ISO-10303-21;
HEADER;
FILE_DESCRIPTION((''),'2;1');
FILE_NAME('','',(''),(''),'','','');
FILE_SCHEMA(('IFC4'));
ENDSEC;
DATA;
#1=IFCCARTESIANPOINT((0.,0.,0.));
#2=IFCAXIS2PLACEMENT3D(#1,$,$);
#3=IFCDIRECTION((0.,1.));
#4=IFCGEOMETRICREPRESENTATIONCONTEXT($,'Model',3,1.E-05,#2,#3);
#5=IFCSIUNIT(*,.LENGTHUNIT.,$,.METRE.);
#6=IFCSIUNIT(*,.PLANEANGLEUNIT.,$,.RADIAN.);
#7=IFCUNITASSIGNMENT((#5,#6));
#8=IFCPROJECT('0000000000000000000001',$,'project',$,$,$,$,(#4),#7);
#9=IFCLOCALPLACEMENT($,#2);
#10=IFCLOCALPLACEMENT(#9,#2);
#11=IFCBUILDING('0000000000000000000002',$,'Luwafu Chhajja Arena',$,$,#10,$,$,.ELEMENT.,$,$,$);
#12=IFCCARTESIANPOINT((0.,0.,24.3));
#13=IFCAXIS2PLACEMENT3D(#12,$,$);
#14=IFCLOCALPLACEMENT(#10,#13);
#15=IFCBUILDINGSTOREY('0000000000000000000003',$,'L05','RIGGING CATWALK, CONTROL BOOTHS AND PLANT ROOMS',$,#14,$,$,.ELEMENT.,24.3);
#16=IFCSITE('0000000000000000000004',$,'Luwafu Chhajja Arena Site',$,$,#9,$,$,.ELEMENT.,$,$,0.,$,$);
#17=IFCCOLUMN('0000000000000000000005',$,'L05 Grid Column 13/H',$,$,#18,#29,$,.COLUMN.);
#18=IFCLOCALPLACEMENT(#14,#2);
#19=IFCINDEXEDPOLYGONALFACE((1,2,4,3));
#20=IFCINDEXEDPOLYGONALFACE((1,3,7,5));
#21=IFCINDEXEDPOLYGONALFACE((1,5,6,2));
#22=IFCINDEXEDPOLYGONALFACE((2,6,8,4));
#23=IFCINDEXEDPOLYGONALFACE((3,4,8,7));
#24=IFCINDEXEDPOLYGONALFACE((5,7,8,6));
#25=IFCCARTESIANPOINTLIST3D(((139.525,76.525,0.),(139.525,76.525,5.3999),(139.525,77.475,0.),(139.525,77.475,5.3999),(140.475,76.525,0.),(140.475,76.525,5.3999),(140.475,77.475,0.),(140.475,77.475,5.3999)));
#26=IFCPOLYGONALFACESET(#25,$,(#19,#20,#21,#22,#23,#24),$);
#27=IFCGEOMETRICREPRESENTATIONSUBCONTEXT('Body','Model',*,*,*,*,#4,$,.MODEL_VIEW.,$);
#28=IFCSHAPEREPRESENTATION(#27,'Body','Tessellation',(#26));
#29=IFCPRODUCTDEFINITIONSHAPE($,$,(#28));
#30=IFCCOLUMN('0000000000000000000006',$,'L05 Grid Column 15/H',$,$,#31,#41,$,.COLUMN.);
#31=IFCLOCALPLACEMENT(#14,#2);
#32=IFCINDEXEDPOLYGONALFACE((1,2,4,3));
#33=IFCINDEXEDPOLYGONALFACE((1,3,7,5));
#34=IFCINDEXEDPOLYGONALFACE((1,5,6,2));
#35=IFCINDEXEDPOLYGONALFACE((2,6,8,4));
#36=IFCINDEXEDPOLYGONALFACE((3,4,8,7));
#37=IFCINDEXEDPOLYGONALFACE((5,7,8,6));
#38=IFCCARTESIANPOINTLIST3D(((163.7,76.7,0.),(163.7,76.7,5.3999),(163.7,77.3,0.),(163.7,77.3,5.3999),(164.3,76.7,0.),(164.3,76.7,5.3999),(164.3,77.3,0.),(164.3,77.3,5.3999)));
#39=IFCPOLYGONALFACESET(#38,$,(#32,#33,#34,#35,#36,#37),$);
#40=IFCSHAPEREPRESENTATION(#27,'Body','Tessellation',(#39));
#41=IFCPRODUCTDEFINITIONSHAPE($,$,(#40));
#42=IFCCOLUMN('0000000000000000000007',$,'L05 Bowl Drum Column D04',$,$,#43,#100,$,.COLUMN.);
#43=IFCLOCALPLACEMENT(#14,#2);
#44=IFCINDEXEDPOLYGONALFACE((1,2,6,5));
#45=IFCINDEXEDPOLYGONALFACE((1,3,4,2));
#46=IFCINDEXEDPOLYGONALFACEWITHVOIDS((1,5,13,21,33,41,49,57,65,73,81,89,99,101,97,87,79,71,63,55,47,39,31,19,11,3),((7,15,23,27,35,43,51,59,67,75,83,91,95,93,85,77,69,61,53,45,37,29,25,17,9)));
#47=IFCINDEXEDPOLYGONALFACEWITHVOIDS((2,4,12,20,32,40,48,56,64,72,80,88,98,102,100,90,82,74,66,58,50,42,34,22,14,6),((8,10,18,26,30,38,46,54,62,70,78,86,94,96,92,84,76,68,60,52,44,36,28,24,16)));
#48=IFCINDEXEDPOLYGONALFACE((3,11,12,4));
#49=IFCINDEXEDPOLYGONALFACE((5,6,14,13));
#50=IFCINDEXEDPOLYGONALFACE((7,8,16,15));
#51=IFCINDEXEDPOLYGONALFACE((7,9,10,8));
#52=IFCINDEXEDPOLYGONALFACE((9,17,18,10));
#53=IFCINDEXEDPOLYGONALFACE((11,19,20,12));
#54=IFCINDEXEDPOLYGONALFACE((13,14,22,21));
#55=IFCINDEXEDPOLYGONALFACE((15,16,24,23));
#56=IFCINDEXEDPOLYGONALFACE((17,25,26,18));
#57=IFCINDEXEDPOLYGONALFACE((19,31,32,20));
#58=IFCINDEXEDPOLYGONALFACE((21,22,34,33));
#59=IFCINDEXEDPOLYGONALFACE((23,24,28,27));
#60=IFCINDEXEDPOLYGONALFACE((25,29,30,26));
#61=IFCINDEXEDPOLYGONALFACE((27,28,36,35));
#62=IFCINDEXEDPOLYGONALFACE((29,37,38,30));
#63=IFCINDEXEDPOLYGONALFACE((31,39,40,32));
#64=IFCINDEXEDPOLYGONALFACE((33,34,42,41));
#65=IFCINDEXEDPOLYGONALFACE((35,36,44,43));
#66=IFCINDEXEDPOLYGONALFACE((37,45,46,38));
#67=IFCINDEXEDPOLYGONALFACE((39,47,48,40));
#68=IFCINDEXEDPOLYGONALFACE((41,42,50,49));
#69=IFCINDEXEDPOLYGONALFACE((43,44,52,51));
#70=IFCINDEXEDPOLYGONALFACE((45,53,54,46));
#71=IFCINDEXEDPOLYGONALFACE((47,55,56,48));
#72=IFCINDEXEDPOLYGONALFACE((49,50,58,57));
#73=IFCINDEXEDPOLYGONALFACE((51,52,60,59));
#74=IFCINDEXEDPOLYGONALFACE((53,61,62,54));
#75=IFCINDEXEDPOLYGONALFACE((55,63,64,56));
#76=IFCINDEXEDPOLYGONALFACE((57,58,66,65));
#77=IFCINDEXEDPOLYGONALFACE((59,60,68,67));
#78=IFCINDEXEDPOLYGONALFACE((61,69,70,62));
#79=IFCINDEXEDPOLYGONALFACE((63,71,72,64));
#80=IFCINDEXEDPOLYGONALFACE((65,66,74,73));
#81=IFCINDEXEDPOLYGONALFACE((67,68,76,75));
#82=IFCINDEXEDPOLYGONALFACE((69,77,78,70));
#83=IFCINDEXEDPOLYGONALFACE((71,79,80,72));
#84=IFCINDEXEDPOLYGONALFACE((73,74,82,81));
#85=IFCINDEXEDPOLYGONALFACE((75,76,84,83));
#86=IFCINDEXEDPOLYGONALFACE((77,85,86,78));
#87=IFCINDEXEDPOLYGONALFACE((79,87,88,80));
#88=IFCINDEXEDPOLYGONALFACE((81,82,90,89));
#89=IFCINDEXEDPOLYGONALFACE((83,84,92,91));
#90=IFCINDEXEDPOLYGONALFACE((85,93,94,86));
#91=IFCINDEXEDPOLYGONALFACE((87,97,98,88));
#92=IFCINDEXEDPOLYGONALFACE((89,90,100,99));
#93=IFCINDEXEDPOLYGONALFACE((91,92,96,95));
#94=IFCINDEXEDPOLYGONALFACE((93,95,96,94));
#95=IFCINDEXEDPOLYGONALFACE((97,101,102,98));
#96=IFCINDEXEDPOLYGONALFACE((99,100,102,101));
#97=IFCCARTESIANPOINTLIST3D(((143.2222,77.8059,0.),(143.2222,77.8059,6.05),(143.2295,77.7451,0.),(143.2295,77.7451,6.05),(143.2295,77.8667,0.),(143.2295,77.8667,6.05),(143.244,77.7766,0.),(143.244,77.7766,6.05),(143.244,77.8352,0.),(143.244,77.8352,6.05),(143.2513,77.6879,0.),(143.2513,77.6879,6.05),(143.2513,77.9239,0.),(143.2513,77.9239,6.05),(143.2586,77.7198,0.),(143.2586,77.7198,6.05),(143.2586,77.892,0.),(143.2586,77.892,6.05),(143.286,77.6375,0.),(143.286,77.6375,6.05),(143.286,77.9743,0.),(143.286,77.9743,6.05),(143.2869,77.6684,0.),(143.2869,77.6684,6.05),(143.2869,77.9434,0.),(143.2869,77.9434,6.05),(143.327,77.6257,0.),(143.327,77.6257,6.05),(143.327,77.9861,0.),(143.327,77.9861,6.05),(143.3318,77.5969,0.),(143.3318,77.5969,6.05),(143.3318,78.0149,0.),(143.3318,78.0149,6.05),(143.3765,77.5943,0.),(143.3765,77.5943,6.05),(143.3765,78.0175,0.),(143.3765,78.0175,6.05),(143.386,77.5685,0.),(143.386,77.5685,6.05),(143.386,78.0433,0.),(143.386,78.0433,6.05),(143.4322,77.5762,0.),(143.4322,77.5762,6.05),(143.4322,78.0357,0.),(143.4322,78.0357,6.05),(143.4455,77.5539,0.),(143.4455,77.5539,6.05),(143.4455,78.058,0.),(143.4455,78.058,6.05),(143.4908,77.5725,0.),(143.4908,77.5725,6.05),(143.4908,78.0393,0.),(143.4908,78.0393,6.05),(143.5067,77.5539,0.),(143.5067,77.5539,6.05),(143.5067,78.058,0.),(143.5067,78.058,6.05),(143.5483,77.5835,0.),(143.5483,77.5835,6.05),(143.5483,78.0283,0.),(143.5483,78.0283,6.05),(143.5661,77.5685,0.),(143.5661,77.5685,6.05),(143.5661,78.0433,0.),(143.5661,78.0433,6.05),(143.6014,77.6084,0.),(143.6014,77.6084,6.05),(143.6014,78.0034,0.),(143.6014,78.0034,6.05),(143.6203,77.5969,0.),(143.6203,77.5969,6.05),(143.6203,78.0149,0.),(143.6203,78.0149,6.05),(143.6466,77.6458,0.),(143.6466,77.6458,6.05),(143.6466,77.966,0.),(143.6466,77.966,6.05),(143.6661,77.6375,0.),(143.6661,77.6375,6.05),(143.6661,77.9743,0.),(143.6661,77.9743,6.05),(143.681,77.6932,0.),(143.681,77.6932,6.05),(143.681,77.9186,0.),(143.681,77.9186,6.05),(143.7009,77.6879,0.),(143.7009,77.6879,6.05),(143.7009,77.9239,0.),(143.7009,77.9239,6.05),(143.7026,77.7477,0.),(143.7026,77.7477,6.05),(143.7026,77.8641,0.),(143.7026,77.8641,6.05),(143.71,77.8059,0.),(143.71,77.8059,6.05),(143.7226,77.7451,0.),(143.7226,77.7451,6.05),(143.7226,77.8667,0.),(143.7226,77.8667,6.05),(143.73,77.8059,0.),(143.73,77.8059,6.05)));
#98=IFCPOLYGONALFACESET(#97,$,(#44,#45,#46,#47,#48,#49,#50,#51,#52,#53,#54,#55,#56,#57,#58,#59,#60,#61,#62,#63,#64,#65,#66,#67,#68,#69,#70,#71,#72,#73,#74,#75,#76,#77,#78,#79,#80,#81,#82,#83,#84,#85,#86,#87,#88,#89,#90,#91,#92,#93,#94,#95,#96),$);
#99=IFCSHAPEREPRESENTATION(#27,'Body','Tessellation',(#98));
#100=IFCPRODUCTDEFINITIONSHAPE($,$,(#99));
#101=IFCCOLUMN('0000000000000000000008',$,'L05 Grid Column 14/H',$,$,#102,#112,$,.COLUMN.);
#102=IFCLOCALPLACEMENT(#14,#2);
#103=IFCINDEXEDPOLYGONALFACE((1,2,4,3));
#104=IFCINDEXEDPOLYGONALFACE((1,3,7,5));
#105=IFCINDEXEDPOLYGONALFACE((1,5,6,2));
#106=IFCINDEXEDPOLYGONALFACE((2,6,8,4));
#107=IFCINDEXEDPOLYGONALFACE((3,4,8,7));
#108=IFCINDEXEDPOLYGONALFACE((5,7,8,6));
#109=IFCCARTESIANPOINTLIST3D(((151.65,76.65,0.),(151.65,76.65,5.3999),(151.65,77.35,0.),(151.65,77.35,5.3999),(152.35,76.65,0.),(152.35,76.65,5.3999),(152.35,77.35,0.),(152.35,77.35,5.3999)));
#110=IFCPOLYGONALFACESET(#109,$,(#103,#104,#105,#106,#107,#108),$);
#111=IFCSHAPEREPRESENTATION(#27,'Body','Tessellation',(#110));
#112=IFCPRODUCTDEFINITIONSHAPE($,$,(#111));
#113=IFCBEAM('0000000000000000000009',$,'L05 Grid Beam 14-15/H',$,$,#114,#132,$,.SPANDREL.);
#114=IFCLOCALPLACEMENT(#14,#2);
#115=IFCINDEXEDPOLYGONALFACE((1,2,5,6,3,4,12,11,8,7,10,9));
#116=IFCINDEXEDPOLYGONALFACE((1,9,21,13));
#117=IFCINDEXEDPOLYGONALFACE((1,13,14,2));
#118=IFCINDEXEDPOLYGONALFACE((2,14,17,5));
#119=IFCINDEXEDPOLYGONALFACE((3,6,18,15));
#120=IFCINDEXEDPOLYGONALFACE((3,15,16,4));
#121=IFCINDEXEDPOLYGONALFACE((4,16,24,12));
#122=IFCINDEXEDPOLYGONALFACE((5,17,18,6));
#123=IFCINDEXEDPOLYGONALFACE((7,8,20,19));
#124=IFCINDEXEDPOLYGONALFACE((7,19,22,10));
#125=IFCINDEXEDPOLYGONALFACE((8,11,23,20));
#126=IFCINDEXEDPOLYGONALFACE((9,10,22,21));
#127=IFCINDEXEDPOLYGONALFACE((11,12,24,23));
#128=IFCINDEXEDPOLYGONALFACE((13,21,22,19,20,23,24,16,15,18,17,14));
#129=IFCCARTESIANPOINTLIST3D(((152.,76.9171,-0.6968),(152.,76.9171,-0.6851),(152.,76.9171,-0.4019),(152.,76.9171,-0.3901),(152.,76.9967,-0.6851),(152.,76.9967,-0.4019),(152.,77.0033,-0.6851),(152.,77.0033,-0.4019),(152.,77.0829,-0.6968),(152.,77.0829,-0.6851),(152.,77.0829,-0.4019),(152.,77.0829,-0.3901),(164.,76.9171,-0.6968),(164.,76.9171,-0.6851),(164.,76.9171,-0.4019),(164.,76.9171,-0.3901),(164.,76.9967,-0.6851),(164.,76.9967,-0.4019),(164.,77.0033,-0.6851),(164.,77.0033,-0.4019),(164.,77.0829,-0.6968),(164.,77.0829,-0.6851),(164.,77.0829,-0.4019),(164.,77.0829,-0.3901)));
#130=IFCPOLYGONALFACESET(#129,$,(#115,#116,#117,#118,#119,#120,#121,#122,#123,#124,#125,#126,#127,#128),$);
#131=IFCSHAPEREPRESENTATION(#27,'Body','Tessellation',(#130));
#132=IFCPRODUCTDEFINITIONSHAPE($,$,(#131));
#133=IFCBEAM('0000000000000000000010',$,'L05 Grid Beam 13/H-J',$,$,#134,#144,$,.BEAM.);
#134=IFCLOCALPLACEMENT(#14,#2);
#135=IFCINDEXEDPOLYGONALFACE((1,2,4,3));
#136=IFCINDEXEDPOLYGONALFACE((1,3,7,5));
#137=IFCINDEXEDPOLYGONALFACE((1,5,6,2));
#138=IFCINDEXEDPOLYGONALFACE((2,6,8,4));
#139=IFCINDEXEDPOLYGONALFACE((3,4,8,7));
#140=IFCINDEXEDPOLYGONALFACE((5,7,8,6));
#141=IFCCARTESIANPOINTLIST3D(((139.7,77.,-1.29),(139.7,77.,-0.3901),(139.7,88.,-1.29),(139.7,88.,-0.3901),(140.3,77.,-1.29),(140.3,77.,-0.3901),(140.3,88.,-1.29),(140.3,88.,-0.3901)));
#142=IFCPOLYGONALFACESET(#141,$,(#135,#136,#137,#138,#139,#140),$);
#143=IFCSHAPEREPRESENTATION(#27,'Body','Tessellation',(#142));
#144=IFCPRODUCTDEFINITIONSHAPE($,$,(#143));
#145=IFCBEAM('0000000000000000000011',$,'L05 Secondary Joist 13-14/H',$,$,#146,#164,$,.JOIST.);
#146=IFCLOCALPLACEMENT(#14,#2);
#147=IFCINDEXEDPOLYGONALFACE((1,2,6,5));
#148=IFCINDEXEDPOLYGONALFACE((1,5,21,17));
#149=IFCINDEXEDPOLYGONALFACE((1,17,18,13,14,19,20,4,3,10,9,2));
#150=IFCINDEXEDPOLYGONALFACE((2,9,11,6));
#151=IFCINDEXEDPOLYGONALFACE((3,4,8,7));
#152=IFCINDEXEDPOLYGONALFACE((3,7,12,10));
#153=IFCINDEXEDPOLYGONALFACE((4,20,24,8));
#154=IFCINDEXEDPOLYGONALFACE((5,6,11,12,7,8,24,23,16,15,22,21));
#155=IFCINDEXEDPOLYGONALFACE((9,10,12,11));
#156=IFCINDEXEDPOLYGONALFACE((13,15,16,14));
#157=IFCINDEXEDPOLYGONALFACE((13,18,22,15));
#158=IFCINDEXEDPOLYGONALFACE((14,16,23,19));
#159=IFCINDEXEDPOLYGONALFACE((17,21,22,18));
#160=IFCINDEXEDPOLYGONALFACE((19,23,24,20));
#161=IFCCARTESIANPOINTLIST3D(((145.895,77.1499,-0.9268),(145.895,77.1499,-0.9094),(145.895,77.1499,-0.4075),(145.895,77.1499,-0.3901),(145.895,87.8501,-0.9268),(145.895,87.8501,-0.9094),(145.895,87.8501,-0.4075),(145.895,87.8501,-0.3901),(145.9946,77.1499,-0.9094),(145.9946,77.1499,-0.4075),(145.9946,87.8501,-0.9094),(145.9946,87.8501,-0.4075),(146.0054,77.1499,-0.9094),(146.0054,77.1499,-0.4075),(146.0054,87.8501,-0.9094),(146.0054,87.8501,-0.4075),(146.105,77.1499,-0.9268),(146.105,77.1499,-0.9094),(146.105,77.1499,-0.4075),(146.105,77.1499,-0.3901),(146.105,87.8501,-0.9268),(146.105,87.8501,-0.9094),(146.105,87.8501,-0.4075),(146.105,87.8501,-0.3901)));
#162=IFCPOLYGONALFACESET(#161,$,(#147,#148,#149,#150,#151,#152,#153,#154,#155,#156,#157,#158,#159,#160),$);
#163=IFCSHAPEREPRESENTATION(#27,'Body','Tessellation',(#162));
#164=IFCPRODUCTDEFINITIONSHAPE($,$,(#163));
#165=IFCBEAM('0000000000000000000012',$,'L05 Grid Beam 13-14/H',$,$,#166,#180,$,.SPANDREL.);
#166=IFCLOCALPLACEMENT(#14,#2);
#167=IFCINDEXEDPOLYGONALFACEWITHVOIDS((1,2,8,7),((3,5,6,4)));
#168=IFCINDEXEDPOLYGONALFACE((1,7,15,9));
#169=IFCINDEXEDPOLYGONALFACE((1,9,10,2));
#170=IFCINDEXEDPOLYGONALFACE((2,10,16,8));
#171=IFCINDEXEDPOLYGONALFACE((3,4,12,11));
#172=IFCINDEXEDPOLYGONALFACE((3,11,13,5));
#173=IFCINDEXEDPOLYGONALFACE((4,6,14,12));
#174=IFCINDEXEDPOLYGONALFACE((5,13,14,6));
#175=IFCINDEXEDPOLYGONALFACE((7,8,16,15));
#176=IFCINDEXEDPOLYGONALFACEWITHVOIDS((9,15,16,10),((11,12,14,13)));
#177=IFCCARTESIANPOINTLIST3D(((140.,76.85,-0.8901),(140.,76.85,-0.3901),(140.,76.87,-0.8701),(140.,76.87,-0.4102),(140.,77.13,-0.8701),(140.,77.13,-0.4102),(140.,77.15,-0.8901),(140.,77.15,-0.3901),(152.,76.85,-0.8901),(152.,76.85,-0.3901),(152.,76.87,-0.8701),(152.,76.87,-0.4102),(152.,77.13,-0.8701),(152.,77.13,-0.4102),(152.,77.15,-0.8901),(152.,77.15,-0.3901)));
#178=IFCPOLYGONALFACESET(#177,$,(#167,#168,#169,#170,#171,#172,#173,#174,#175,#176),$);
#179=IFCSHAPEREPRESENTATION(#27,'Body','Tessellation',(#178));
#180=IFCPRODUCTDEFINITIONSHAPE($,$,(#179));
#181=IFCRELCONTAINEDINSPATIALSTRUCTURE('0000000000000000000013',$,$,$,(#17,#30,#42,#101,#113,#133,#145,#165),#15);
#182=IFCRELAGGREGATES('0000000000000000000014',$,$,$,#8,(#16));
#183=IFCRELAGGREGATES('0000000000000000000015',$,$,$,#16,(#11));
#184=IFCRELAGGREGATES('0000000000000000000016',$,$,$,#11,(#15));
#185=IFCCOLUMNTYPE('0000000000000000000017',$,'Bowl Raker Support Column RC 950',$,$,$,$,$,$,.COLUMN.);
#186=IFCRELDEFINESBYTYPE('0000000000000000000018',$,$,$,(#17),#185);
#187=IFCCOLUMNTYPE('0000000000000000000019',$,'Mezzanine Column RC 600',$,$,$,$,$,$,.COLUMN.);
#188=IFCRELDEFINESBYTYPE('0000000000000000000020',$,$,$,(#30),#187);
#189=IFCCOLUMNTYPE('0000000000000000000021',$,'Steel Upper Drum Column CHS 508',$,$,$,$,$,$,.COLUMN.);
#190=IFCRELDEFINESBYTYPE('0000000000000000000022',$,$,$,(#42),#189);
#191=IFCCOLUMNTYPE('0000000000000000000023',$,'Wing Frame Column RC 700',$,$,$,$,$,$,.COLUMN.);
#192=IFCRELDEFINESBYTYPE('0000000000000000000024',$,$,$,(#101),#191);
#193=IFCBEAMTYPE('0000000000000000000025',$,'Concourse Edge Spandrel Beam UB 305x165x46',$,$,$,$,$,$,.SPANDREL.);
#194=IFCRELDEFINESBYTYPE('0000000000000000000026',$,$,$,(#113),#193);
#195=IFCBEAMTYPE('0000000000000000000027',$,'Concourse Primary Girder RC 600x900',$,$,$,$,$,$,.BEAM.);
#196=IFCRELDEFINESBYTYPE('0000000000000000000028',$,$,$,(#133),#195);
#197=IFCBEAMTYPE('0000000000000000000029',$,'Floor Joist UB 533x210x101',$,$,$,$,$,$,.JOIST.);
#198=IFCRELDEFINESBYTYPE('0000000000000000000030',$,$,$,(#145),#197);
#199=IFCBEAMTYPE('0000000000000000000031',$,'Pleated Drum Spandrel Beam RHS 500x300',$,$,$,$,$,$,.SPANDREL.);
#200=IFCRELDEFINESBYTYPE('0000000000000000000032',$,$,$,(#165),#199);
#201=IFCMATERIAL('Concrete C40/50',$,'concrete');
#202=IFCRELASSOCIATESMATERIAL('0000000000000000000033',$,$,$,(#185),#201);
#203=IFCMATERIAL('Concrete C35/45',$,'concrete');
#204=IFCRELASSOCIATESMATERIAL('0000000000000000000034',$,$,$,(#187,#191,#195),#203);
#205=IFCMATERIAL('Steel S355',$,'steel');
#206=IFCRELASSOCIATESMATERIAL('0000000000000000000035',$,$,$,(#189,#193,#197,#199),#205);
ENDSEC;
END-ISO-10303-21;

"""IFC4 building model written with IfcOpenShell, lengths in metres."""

from ifc_helpers import new_model, si_unit, direction, frame, origin, origin_2d, place, context, subcontext, project, spatial, rectangle, hollow_rectangle, hollow_circle, i_section, extrude, material, material_profile, profile_set, type_object, element, save


model = new_model("IFC4")

# Units and contexts
model_context = context("Model", 3, precision=1e-05, world=origin(), true_north=direction((0.0, 1.0)))
body_context = subcontext(model_context, "Body", "Model", "MODEL_VIEW")
ifc_project = project(units=[si_unit("LENGTHUNIT", "METRE"), si_unit("PLANEANGLEUNIT", "RADIAN")], contexts=[model_context])

# Site, building, storey
site_placement = place(None, origin())
site = spatial("IfcSite", under=ifc_project, at=site_placement, Name="Luwafu Chhajja Arena Site", CompositionType="ELEMENT", RefElevation=0.0)
building_placement = place(site_placement, origin())
building = spatial("IfcBuilding", under=site, at=building_placement, Name="Luwafu Chhajja Arena", CompositionType="ELEMENT")
storey_placement = place(building_placement, frame((0.0, 0.0, 24.3)))
storey = spatial("IfcBuildingStorey", under=building, at=storey_placement, Name="L05", Description="RIGGING CATWALK, CONTROL BOOTHS AND PLANT ROOMS", CompositionType="ELEMENT", Elevation=24.3)

# Columns
ifc_material_1 = material(Name="Concrete C40/50", Category="concrete")
ifc_material_profile_1 = material_profile(ifc_material_1, rectangle(XDim=0.95, YDim=0.95, at=origin_2d()), Name="RC 950x950")
ifc_profile_set_1 = profile_set([ifc_material_profile_1], Name="Concrete C40/50")
column_type_1 = type_object("IfcColumnType", Name="Bowl Raker Support Column RC 950", PredefinedType="COLUMN", material=ifc_profile_set_1)
column_1_placement = place(storey_placement, frame((140.0, 77.0, 0.0), z_axis=(0.0, 0.0, 1.0), x_axis=(1.0, 0.0, 0.0)))
element("IfcColumn", 1, at=column_1_placement, inside=storey, type_object=column_type_1, Name="L05 Grid Column 13/H", PredefinedType="COLUMN", context=body_context, shape_type="SweptSolid", body=[
    extrude(rectangle(XDim=0.95, YDim=0.95, at=origin_2d()), origin(), (0.0, 0.0, 1.0), 5.3999),
])
ifc_material_2 = material(Name="Concrete C35/45", Category="concrete")
ifc_material_profile_2 = material_profile(ifc_material_2, rectangle(XDim=0.6001, YDim=0.6001, at=origin_2d()), Name="RC 600x600")
ifc_profile_set_2 = profile_set([ifc_material_profile_2], Name="Concrete C35/45")
column_type_2 = type_object("IfcColumnType", Name="Mezzanine Column RC 600", PredefinedType="COLUMN", material=ifc_profile_set_2)
column_2_placement = place(storey_placement, frame((164.0, 77.0, 0.0), z_axis=(0.0, 0.0, 1.0), x_axis=(1.0, 0.0, 0.0)))
element("IfcColumn", 2, at=column_2_placement, inside=storey, type_object=column_type_2, Name="L05 Grid Column 15/H", PredefinedType="COLUMN", context=body_context, shape_type="SweptSolid", body=[
    extrude(rectangle(XDim=0.6001, YDim=0.6001, at=origin_2d()), origin(), (0.0, 0.0, 1.0), 5.3999),
])
ifc_material_3 = material(Name="Steel S355", Category="steel")
ifc_material_profile_3 = material_profile(ifc_material_3, hollow_circle(Radius=0.2539, WallThickness=0.02, at=origin_2d()), Name="CHS 508x20")
ifc_profile_set_3 = profile_set([ifc_material_profile_3], Name="Steel S355")
column_type_3 = type_object("IfcColumnType", Name="Steel Upper Drum Column CHS 508", PredefinedType="COLUMN", material=ifc_profile_set_3)
column_3_placement = place(storey_placement, frame((143.4761, 77.8059, 0.0), z_axis=(0.0, 0.0, 1.0), x_axis=(1.0, 0.0, 0.0)))
element("IfcColumn", 3, at=column_3_placement, inside=storey, type_object=column_type_3, Name="L05 Bowl Drum Column D04", PredefinedType="COLUMN", context=body_context, shape_type="SweptSolid", body=[
    extrude(hollow_circle(Radius=0.2539, WallThickness=0.02, at=origin_2d()), origin(), (0.0, 0.0, 1.0), 6.05),
])
ifc_material_profile_4 = material_profile(ifc_material_2, rectangle(XDim=0.7, YDim=0.7, at=origin_2d()), Name="RC 700x700")
ifc_profile_set_4 = profile_set([ifc_material_profile_4], Name="Concrete C35/45")
column_type_4 = type_object("IfcColumnType", Name="Wing Frame Column RC 700", PredefinedType="COLUMN", material=ifc_profile_set_4)
column_4_placement = place(storey_placement, frame((152.0, 77.0, 0.0), z_axis=(0.0, 0.0, 1.0), x_axis=(1.0, 0.0, 0.0)))
element("IfcColumn", 4, at=column_4_placement, inside=storey, type_object=column_type_4, Name="L05 Grid Column 14/H", PredefinedType="COLUMN", context=body_context, shape_type="SweptSolid", body=[
    extrude(rectangle(XDim=0.7, YDim=0.7, at=origin_2d()), origin(), (0.0, 0.0, 1.0), 5.3999),
])

# Beams
ifc_material_profile_5 = material_profile(ifc_material_3, i_section(OverallWidth=0.1658, OverallDepth=0.3066, WebThickness=0.0066, FlangeThickness=0.0117, at=origin_2d()), Name="UB 305x165x46")
ifc_profile_set_5 = profile_set([ifc_material_profile_5], Name="Steel S355")
beam_type_1 = type_object("IfcBeamType", Name="Concourse Edge Spandrel Beam UB 305x165x46", PredefinedType="SPANDREL", material=ifc_profile_set_5)
beam_1_placement = place(storey_placement, frame((152.0, 77.0, -0.5435), z_axis=(1.0, 0.0, 0.0), x_axis=(0.0, 1.0, 0.0)))
element("IfcBeam", 5, at=beam_1_placement, inside=storey, type_object=beam_type_1, Name="L05 Grid Beam 14-15/H", PredefinedType="SPANDREL", context=body_context, shape_type="SweptSolid", body=[
    extrude(i_section(OverallWidth=0.1658, OverallDepth=0.3066, WebThickness=0.0066, FlangeThickness=0.0117, at=origin_2d()), origin(), (0.0, 0.0, 1.0), 12.0),
])
ifc_material_profile_6 = material_profile(ifc_material_2, rectangle(XDim=0.6001, YDim=0.8999, at=origin_2d()), Name="RC 600x900")
ifc_profile_set_6 = profile_set([ifc_material_profile_6], Name="Concrete C35/45")
beam_type_2 = type_object("IfcBeamType", Name="Concourse Primary Girder RC 600x900", PredefinedType="BEAM", material=ifc_profile_set_6)
beam_2_placement = place(storey_placement, frame((140.0, 77.0, -0.8401), z_axis=(0.0, 1.0, 0.0), x_axis=(-1.0, 0.0, 0.0)))
element("IfcBeam", 6, at=beam_2_placement, inside=storey, type_object=beam_type_2, Name="L05 Grid Beam 13/H-J", PredefinedType="BEAM", context=body_context, shape_type="SweptSolid", body=[
    extrude(rectangle(XDim=0.6001, YDim=0.8999, at=origin_2d()), origin(), (0.0, 0.0, 1.0), 11.0),
])
ifc_material_profile_7 = material_profile(ifc_material_3, i_section(OverallWidth=0.21, OverallDepth=0.5366, WebThickness=0.0107, FlangeThickness=0.0173, at=origin_2d()), Name="UB 533x210x101")
ifc_profile_set_7 = profile_set([ifc_material_profile_7], Name="Steel S355")
beam_type_3 = type_object("IfcBeamType", Name="Floor Joist UB 533x210x101", PredefinedType="JOIST", material=ifc_profile_set_7)
beam_3_placement = place(storey_placement, frame((146.0, 77.1499, -0.6584), z_axis=(0.0, 1.0, 0.0), x_axis=(-1.0, 0.0, 0.0)))
element("IfcBeam", 7, at=beam_3_placement, inside=storey, type_object=beam_type_3, Name="L05 Secondary Joist 13-14/H", PredefinedType="JOIST", context=body_context, shape_type="SweptSolid", body=[
    extrude(i_section(OverallWidth=0.21, OverallDepth=0.5366, WebThickness=0.0107, FlangeThickness=0.0173, at=origin_2d()), origin(), (0.0, 0.0, 1.0), 10.7002),
])
ifc_material_profile_8 = material_profile(ifc_material_3, hollow_rectangle(XDim=0.3, YDim=0.5, WallThickness=0.02, at=origin_2d()), Name="RHS 500x300x20")
ifc_profile_set_8 = profile_set([ifc_material_profile_8], Name="Steel S355")
beam_type_4 = type_object("IfcBeamType", Name="Pleated Drum Spandrel Beam RHS 500x300", PredefinedType="SPANDREL", material=ifc_profile_set_8)
beam_4_placement = place(storey_placement, frame((140.0, 77.0, -0.6401), z_axis=(1.0, 0.0, 0.0), x_axis=(0.0, 1.0, 0.0)))
element("IfcBeam", 8, at=beam_4_placement, inside=storey, type_object=beam_type_4, Name="L05 Grid Beam 13-14/H", PredefinedType="SPANDREL", context=body_context, shape_type="SweptSolid", body=[
    extrude(hollow_rectangle(XDim=0.3, YDim=0.5, WallThickness=0.02, at=origin_2d()), origin(), (0.0, 0.0, 1.0), 12.0),
])

save(model, "model.ifc")
